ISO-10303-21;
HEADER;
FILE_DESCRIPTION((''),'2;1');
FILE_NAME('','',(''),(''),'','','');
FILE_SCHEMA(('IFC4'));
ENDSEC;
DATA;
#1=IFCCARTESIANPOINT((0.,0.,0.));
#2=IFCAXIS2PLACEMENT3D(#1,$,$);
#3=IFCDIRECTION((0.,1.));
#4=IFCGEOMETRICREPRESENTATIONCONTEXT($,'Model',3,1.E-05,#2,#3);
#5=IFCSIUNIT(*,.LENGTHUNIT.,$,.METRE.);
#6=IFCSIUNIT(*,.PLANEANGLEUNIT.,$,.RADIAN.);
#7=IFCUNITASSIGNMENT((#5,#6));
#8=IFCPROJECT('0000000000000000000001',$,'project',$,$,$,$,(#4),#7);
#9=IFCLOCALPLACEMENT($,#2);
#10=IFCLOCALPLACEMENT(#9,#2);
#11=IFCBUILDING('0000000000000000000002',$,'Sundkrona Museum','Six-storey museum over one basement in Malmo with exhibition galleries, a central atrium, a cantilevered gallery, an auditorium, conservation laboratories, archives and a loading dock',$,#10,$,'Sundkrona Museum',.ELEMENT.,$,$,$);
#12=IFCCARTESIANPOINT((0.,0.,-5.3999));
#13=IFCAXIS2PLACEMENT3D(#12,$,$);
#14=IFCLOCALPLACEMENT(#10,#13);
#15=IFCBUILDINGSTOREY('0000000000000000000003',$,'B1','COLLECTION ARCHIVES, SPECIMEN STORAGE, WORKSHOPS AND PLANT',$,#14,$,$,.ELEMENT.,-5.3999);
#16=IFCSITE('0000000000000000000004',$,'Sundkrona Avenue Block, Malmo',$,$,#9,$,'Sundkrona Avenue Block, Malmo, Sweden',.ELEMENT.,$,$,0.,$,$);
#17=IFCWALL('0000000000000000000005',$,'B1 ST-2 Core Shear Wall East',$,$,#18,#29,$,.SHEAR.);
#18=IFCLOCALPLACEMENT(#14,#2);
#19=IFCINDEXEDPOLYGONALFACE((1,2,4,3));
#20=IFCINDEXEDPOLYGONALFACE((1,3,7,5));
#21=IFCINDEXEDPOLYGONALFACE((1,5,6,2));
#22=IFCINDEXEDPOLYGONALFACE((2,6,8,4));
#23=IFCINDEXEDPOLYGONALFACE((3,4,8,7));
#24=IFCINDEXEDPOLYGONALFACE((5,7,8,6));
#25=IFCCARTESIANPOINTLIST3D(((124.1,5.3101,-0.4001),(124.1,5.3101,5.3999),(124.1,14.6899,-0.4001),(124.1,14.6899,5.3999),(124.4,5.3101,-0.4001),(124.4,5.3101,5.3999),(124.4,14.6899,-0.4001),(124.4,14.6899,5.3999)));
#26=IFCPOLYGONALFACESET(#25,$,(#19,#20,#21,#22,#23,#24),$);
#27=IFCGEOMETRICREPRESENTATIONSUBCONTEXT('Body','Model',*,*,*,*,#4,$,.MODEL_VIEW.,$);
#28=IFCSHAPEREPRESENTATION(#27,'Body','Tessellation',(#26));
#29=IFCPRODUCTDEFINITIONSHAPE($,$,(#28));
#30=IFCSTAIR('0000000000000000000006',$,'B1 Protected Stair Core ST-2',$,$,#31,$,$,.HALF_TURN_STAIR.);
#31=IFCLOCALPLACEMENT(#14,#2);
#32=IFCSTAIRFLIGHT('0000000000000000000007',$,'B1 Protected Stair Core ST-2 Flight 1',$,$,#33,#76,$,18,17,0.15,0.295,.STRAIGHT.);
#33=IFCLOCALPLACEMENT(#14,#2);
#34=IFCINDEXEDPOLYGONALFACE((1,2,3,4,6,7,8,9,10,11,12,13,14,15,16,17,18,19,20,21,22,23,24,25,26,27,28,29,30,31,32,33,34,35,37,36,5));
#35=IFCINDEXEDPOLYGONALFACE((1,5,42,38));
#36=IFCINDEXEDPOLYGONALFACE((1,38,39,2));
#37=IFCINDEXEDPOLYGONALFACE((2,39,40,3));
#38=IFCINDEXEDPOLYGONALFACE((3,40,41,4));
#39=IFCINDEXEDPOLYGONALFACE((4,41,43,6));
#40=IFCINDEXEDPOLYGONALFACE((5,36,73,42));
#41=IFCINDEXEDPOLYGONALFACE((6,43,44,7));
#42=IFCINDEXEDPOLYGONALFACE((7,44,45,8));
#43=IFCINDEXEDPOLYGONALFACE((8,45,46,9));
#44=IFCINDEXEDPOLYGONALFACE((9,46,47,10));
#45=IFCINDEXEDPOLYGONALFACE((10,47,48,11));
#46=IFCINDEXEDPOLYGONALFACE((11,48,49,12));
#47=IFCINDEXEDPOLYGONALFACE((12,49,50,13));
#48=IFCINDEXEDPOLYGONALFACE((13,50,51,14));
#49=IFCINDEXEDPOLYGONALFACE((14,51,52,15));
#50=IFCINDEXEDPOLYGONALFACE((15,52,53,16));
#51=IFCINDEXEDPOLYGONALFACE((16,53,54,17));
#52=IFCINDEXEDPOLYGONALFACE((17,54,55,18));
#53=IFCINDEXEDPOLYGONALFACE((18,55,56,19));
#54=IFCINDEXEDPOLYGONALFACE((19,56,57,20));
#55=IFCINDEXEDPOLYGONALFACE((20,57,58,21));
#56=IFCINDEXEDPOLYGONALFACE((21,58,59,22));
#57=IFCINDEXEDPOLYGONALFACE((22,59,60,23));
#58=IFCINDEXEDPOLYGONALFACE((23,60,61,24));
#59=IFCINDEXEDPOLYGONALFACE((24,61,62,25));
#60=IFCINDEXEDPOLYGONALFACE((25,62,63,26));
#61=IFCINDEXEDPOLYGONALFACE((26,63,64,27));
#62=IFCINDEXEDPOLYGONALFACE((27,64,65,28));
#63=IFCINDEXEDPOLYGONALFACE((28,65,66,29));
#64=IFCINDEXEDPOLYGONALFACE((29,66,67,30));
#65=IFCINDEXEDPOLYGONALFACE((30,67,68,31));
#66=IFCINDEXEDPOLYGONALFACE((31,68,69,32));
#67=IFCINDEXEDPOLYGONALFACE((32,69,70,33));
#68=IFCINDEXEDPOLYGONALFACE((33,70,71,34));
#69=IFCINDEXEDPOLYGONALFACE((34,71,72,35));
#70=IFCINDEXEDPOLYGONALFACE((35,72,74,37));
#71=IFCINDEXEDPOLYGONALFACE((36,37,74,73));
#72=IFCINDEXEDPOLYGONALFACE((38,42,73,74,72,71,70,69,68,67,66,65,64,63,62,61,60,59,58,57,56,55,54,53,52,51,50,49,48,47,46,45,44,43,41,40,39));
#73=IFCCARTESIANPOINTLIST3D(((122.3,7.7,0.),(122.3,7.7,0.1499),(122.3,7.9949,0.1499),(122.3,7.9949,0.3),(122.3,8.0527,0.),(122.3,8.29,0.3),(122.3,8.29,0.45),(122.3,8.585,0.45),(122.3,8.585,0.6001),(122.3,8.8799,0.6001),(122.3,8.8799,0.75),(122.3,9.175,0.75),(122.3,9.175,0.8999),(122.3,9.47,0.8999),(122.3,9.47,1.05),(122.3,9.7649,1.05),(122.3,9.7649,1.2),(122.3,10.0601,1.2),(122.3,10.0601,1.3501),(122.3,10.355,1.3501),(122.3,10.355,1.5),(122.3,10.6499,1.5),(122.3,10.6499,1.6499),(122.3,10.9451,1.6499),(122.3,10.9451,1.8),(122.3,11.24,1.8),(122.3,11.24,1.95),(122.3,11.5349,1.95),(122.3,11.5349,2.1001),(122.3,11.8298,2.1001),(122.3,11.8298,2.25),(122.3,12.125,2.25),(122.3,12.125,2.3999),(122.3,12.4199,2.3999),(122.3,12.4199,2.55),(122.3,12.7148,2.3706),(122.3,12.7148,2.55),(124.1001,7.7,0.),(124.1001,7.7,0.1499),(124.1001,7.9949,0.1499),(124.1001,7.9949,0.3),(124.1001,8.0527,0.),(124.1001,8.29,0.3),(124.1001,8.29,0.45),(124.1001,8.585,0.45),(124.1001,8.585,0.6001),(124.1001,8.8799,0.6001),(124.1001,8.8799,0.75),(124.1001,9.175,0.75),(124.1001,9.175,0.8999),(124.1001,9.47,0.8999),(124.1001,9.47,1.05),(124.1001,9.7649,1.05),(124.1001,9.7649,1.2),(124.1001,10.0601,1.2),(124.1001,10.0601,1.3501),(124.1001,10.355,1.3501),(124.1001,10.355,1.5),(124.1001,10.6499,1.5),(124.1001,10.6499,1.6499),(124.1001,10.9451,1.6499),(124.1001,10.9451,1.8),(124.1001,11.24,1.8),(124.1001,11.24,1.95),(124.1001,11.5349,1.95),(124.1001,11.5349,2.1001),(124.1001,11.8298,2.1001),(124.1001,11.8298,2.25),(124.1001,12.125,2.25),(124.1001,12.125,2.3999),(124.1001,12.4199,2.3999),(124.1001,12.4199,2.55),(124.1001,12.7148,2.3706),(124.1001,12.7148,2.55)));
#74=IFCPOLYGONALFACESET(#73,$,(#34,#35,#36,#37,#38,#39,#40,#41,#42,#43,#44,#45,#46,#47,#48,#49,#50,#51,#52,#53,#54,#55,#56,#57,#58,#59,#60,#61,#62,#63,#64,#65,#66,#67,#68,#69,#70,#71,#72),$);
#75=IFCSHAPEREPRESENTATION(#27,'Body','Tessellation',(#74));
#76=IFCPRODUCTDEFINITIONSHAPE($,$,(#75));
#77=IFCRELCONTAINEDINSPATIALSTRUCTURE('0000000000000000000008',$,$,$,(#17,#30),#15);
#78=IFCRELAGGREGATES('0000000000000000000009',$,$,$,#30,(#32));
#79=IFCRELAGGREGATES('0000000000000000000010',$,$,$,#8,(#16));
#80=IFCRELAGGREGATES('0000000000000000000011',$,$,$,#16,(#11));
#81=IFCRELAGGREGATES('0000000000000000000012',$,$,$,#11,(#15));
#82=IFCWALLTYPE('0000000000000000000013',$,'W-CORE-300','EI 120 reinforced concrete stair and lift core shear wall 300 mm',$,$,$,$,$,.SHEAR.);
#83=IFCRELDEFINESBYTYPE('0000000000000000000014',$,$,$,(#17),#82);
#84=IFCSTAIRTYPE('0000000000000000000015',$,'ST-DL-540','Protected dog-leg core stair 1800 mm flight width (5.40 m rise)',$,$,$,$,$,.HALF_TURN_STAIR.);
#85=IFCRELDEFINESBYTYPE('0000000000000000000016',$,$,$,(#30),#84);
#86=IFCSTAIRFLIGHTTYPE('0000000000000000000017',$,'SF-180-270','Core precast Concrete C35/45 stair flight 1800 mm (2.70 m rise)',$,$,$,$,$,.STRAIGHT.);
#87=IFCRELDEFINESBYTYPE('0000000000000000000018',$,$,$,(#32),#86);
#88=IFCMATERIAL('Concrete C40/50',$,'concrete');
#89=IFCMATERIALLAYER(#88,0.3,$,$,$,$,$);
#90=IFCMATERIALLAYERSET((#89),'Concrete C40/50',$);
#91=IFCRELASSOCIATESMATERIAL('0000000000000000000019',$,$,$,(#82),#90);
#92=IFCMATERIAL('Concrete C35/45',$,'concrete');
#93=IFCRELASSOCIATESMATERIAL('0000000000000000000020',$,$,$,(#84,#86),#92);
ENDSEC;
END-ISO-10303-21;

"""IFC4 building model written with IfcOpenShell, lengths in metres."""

from ifc_helpers import new_model, si_unit, direction, frame, frame_2d, origin, place, context, subcontext, project, spatial, polyline, rectangle, outline, extrude, material, layer, layer_set, type_object, element, aggregate, save


model = new_model("IFC4")

# Units and contexts
model_context = context("Model", 3, precision=1e-05, world=origin(), true_north=direction((0.0, 1.0)))
body_context = subcontext(model_context, "Body", "Model", "MODEL_VIEW")
ifc_project = project(units=[si_unit("LENGTHUNIT", "METRE"), si_unit("PLANEANGLEUNIT", "RADIAN")], contexts=[model_context])

# Site, building, storey
site_placement = place(None, origin())
site = spatial("IfcSite", under=ifc_project, at=site_placement, Name="Sundkrona Avenue Block, Malmo", LongName="Sundkrona Avenue Block, Malmo, Sweden", CompositionType="ELEMENT", RefElevation=0.0)
building_placement = place(site_placement, origin())
building = spatial("IfcBuilding", under=site, at=building_placement, Name="Sundkrona Museum", Description="Six-storey museum over one basement in Malmo with exhibition galleries, a central atrium, a cantilevered gallery, an auditorium, conservation laboratories, archives and a loading dock", LongName="Sundkrona Museum", CompositionType="ELEMENT")
storey_placement = place(building_placement, frame((0.0, 0.0, -5.3999)))
storey = spatial("IfcBuildingStorey", under=building, at=storey_placement, Name="B1", Description="COLLECTION ARCHIVES, SPECIMEN STORAGE, WORKSHOPS AND PLANT", CompositionType="ELEMENT", Elevation=-5.3999)

# Shared definitions
ifc_material_1 = material(Name="Concrete C40/50", Category="concrete")

# Wall
ifc_layer_1 = layer(ifc_material_1, 0.3)
ifc_layer_set_1 = layer_set([ifc_layer_1], Name="Concrete C40/50")
wall_type_1 = type_object("IfcWallType", Name="W-CORE-300", Description="EI 120 reinforced concrete stair and lift core shear wall 300 mm", PredefinedType="SHEAR", material=ifc_layer_set_1)
wall_1_placement = place(storey_placement, frame((124.25, 5.3101, -0.4001), z_axis=(0.0, 0.0, 1.0), x_axis=(0.0, 1.0, 0.0)))
element("IfcWall", 1, at=wall_1_placement, inside=storey, type_object=wall_type_1, Name="B1 ST-2 Core Shear Wall East", PredefinedType="SHEAR", context=body_context, shape_type="SweptSolid", body=[
    extrude(rectangle(XDim=9.3799, YDim=0.3, at=frame_2d((4.6899, 0.0))), origin(), (0.0, 0.0, 1.0), 5.8),
])

# Stair, stair flight
ifc_material_2 = material(Name="Concrete C35/45", Category="concrete")
stair_type = type_object("IfcStairType", Name="ST-DL-540", Description="Protected dog-leg core stair 1800 mm flight width (5.40 m rise)", PredefinedType="HALF_TURN_STAIR", material=ifc_material_2)
stair_placement = place(storey_placement, origin())
stair = element("IfcStair", 2, at=stair_placement, inside=storey, type_object=stair_type, Name="B1 Protected Stair Core ST-2", PredefinedType="HALF_TURN_STAIR")
stair_flight_type = type_object("IfcStairFlightType", Name="SF-180-270", Description="Core precast Concrete C35/45 stair flight 1800 mm (2.70 m rise)", PredefinedType="STRAIGHT", material=ifc_material_2)
stair_flight_placement = place(storey_placement, frame((123.2, 7.7, 0.0), z_axis=(0.0, 0.0, 1.0), x_axis=(0.0, 1.0, 0.0)))
stair_flight = element("IfcStairFlight", 3, at=stair_flight_placement, type_object=stair_flight_type, Name="B1 Protected Stair Core ST-2 Flight 1", NumberOfRisers=18, NumberOfTreads=17, PredefinedType="STRAIGHT", RiserHeight=0.15, TreadLength=0.295, context=body_context, shape_type="SweptSolid", body=[
    extrude(outline(polyline([(0.0, 0.0), (0.0, 0.1499), (0.2949, 0.1499), (0.2949, 0.3), (0.5901, 0.3), (0.5901, 0.45), (0.885, 0.45), (0.885, 0.6001), (1.1799, 0.6001), (1.1799, 0.75), (1.4751, 0.75), (1.4751, 0.8999), (1.77, 0.8999), (1.77, 1.05), (2.0649, 1.05), (2.0649, 1.2), (2.3601, 1.2), (2.3601, 1.3501), (2.655, 1.3501), (2.655, 1.5), (2.95, 1.5), (2.95, 1.6499), (3.2451, 1.6499), (3.2451, 1.8), (3.54, 1.8), (3.54, 1.95), (3.835, 1.95), (3.835, 2.1001), (4.1299, 2.1001), (4.1299, 2.25), (4.425, 2.25), (4.425, 2.3999), (4.72, 2.3999), (4.72, 2.55), (5.0149, 2.55), (5.0149, 2.7), (5.0149, 2.3706), (0.3528, 0.0), (0.0, 0.0)])), frame((0.0, 0.8999, 0.0), z_axis=(0.0, -1.0, 0.0), x_axis=(1.0, 0.0, 0.0)), (0.0, 0.0, 1.0), 1.8),
])
aggregate(stair, [stair_flight])

save(model, "model.ifc")
